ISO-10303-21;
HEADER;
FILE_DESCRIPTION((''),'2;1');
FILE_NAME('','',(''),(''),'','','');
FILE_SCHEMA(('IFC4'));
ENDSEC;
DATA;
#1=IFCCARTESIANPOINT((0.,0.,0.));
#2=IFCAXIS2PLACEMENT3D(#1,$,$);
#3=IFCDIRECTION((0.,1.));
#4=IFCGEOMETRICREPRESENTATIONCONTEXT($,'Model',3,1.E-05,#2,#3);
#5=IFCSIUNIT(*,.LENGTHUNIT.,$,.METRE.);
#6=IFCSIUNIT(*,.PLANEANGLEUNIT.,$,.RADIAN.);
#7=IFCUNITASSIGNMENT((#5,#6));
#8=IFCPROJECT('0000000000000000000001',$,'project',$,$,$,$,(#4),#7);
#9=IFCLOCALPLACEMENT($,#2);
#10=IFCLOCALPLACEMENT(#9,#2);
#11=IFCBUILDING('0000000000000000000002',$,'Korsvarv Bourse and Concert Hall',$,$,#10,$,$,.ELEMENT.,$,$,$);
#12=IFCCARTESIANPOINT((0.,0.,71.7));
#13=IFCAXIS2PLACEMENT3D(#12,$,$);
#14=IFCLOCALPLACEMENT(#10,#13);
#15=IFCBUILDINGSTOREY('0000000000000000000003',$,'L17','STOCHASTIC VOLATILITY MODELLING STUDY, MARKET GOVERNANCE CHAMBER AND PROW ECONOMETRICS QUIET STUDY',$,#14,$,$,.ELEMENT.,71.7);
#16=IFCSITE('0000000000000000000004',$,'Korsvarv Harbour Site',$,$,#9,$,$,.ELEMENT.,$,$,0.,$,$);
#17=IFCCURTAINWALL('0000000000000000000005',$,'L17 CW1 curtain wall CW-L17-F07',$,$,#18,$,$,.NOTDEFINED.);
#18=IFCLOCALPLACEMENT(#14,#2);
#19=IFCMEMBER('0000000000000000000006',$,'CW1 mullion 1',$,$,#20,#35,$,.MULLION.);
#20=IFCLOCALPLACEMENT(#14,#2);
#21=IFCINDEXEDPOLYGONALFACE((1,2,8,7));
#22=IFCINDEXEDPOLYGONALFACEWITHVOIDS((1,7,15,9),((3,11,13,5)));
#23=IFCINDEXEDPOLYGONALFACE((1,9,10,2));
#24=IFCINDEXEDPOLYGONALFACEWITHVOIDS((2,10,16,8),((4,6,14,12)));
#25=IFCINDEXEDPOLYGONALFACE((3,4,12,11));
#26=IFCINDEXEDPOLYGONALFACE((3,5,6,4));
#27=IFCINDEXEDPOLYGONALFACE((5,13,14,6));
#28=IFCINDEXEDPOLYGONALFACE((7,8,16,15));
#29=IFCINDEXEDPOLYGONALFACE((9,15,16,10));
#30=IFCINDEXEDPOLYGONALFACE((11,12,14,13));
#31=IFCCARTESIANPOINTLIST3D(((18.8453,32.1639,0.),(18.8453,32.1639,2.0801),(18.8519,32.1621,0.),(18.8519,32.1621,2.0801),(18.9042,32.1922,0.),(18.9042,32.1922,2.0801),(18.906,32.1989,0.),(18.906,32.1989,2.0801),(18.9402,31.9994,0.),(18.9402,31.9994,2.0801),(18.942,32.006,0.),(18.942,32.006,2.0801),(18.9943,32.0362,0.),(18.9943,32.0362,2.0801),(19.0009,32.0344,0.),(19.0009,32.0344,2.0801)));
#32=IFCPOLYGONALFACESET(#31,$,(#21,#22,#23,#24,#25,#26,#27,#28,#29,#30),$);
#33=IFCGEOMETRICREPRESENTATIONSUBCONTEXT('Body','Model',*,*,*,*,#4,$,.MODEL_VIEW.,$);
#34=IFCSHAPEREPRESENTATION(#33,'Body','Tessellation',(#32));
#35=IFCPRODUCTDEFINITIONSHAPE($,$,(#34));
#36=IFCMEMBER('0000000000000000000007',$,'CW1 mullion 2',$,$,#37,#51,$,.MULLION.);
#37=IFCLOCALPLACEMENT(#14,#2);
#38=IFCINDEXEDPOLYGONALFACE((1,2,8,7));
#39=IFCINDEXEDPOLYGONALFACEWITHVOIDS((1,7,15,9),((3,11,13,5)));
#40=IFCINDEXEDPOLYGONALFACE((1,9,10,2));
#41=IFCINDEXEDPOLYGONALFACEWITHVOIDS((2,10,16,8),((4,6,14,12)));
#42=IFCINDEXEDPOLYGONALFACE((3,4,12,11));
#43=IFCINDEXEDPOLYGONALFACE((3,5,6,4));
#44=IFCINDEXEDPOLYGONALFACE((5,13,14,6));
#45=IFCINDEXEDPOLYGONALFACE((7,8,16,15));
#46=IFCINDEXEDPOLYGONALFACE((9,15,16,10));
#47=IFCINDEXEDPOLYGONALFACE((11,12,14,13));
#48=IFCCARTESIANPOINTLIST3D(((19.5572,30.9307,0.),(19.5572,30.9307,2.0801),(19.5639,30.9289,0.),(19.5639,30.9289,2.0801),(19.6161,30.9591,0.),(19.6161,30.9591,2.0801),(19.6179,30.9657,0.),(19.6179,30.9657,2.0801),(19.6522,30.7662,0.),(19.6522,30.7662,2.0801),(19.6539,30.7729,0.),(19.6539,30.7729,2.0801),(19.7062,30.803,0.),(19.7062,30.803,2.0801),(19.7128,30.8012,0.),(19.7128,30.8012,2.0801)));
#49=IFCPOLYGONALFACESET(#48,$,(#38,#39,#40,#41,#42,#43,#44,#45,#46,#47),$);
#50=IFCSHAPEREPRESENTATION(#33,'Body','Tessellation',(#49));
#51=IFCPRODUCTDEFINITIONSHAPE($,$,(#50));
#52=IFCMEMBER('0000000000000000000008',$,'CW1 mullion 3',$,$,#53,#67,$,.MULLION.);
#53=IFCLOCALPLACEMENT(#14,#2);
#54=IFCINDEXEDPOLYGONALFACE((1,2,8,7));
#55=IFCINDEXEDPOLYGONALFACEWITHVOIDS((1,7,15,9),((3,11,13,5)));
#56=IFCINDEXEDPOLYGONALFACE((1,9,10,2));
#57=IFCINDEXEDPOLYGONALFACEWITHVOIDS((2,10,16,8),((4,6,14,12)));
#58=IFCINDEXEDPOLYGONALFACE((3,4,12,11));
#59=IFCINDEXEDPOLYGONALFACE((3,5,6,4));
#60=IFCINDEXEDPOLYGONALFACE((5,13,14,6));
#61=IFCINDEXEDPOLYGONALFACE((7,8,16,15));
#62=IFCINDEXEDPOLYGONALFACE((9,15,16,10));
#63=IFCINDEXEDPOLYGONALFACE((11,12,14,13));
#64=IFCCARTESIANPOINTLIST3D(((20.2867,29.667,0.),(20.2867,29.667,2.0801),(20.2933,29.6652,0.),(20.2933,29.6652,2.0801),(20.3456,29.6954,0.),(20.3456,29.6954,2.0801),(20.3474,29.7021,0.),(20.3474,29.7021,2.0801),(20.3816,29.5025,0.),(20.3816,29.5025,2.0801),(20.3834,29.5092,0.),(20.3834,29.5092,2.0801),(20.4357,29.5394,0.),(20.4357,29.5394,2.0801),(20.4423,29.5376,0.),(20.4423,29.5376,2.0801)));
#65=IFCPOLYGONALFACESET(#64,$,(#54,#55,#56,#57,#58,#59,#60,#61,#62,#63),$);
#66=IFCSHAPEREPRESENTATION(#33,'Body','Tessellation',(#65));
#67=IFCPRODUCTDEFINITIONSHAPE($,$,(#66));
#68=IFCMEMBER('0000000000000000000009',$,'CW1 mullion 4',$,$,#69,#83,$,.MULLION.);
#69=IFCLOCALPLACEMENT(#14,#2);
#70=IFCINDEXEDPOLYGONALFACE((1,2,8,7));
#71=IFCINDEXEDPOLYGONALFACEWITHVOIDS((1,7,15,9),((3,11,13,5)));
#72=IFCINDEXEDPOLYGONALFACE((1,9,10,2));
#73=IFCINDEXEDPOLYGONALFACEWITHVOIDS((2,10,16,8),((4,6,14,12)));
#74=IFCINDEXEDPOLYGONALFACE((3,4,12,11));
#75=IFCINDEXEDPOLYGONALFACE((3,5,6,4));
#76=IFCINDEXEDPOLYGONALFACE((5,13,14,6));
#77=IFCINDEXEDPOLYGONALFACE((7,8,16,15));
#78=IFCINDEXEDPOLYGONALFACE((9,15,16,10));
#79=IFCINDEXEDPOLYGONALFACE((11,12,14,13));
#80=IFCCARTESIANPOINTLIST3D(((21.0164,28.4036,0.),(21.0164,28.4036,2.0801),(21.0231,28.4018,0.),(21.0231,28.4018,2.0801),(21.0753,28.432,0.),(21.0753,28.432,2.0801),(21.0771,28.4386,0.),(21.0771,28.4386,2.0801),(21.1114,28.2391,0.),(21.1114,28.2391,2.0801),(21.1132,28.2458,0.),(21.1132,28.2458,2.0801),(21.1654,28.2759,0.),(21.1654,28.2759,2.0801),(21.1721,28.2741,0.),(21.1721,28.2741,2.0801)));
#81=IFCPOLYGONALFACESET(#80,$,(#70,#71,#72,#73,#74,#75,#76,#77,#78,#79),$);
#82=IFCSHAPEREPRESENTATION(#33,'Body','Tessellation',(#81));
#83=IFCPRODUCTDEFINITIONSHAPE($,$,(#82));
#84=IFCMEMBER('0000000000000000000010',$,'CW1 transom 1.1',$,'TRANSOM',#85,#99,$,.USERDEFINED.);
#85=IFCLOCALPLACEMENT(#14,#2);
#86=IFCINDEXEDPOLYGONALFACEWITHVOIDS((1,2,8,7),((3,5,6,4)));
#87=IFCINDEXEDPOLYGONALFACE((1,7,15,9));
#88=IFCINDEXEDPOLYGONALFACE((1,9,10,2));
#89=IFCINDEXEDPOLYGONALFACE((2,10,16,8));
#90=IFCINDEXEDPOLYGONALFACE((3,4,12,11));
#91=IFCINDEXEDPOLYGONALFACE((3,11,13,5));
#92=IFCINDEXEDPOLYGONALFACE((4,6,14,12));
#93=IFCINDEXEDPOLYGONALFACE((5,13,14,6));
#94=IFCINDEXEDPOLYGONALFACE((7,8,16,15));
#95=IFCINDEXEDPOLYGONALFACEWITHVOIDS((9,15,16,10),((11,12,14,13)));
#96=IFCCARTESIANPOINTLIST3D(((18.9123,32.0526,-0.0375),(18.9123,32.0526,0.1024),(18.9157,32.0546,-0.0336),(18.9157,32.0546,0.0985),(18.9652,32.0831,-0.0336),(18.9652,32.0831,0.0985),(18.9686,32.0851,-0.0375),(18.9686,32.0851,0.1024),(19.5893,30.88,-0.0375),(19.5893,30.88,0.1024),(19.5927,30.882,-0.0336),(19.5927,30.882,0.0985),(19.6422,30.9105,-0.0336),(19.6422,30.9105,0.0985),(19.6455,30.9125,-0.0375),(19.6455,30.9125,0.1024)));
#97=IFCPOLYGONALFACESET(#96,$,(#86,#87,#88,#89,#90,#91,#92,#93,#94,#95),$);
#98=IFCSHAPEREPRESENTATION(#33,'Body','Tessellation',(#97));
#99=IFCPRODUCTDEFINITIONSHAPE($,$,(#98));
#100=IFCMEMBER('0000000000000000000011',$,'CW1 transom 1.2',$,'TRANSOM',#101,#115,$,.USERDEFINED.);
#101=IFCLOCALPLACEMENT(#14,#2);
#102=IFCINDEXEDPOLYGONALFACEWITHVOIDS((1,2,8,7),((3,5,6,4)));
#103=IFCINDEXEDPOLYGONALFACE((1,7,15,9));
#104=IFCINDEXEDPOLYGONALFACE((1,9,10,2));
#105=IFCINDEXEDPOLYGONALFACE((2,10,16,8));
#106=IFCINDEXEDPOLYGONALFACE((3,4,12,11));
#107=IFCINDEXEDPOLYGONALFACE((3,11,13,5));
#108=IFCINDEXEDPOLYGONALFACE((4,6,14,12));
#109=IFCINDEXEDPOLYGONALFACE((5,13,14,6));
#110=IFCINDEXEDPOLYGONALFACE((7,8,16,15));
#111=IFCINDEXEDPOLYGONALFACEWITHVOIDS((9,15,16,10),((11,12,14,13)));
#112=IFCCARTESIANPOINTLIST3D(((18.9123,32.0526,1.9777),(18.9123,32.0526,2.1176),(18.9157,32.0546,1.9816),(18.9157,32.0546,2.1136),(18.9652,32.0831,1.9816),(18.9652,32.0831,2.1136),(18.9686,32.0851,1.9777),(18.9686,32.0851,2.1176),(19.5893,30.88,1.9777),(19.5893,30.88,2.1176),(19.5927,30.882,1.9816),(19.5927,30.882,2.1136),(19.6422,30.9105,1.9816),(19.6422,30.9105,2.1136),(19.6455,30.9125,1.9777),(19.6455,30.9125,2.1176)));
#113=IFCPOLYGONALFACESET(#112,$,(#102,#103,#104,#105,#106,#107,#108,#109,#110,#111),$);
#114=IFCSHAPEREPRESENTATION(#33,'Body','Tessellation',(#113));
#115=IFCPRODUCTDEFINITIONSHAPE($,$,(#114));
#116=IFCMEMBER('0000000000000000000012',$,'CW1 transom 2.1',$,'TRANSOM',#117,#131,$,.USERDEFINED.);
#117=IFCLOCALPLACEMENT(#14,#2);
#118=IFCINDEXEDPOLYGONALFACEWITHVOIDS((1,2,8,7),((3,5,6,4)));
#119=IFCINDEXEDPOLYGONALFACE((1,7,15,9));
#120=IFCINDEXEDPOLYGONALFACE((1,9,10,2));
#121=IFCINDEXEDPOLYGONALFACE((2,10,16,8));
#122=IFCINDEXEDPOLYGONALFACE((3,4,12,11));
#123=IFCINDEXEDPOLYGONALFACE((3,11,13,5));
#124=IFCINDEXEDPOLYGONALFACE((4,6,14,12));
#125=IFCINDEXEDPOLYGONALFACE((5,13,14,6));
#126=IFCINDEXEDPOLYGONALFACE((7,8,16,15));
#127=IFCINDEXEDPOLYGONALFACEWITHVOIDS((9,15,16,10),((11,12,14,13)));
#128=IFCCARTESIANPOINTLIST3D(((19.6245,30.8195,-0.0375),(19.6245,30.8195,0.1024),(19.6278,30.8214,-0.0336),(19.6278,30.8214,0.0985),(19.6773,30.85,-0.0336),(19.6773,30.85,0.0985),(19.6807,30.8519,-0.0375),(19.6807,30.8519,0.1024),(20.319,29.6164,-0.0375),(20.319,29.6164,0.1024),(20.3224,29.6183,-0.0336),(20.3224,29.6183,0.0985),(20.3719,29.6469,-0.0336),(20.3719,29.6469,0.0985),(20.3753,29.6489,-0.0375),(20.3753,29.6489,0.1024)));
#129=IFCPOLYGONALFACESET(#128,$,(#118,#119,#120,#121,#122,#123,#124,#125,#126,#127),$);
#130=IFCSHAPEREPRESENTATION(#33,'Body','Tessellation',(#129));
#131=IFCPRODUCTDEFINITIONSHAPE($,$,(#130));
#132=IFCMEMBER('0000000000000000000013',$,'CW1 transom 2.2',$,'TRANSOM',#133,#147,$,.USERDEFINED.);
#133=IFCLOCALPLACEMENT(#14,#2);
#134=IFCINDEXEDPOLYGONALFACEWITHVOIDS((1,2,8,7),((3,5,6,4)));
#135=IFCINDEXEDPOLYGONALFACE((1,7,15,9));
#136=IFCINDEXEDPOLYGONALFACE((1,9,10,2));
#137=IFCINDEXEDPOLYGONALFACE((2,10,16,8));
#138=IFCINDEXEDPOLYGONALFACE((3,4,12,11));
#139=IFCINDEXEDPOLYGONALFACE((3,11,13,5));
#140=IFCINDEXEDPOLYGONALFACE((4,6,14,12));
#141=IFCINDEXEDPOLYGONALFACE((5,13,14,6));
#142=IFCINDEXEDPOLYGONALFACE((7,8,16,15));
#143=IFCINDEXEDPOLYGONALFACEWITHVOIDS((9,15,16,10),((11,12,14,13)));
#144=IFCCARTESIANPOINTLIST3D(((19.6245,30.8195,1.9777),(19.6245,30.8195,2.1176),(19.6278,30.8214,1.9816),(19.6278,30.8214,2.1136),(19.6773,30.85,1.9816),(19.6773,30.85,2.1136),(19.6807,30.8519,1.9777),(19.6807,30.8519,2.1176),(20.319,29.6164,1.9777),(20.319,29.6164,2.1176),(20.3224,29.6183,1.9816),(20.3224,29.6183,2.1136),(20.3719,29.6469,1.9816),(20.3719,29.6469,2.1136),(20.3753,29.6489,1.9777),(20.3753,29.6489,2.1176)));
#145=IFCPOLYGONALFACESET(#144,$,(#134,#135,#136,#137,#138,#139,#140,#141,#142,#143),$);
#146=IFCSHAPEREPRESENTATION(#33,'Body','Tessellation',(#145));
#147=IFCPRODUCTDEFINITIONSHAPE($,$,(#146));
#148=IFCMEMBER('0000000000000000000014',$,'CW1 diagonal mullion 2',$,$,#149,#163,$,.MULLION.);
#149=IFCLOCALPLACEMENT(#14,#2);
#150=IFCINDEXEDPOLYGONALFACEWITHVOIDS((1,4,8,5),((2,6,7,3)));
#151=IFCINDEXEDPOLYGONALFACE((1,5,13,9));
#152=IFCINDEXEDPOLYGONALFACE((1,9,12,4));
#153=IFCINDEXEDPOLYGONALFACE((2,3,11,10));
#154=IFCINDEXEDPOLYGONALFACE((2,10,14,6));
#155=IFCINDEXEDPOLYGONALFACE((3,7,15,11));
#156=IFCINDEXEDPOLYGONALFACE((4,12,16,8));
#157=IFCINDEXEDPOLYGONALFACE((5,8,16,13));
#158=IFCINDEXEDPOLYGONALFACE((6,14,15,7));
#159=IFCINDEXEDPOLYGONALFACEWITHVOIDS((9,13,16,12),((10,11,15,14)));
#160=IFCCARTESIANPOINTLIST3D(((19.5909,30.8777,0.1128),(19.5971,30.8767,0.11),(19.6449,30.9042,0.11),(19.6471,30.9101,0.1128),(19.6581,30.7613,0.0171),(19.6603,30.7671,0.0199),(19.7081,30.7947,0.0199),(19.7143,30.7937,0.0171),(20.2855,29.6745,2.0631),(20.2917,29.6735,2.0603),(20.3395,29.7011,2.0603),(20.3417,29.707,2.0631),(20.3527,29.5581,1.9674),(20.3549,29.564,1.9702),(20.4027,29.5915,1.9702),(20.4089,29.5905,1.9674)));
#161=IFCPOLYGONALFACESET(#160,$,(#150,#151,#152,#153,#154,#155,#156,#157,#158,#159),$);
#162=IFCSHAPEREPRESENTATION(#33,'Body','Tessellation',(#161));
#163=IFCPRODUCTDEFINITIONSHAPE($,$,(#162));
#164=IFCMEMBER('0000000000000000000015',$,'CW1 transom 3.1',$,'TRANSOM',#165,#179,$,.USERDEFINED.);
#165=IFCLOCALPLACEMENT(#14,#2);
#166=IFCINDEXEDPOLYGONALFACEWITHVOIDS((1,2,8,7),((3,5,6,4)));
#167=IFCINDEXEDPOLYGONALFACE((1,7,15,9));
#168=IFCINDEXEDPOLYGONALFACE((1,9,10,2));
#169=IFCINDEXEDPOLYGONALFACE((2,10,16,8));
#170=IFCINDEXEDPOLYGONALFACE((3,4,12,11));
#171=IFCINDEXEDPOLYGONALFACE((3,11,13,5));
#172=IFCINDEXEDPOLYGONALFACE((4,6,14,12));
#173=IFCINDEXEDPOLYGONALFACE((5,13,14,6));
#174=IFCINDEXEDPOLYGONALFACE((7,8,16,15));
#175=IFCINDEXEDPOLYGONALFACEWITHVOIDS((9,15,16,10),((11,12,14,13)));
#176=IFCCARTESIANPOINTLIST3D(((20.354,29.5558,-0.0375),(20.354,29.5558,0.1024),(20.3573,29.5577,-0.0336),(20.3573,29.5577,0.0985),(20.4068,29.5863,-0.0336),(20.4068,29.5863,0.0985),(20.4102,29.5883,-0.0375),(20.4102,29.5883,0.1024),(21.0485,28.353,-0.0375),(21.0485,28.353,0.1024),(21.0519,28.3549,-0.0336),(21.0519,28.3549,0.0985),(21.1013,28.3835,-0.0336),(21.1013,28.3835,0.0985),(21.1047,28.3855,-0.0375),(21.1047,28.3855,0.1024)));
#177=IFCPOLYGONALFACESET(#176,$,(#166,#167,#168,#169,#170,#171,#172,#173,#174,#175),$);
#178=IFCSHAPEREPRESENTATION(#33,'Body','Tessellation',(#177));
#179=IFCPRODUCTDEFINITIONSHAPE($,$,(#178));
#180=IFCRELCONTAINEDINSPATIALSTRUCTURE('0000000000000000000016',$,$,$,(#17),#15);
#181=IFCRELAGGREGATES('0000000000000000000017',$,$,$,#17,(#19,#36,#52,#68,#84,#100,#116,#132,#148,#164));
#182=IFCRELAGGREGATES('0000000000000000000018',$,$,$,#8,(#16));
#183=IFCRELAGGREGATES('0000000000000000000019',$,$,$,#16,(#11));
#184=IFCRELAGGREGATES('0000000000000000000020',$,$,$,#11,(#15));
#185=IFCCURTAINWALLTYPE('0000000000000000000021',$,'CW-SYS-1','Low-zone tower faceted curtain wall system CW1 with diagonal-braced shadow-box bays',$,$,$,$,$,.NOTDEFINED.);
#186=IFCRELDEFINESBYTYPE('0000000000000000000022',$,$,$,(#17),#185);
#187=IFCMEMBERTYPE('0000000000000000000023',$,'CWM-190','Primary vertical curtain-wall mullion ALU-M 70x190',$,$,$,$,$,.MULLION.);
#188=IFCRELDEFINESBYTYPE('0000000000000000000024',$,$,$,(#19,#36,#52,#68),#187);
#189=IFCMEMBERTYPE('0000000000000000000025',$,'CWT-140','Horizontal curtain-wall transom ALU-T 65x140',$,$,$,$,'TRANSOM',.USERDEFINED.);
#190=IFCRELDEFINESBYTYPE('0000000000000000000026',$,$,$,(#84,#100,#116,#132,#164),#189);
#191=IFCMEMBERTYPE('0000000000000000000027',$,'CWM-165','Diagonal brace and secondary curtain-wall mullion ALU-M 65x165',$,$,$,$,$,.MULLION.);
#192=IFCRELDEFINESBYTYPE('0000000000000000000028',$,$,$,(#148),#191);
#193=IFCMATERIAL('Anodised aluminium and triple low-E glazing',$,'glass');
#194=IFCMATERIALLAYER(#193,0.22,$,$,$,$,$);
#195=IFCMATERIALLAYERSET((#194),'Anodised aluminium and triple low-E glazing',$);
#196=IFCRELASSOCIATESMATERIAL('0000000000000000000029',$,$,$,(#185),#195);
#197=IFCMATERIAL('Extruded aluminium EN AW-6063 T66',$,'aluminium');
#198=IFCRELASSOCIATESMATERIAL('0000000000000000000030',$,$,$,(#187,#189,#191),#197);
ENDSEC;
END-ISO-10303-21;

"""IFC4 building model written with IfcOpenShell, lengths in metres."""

from ifc_helpers import new_model, si_unit, direction, frame, origin, origin_2d, place, context, subcontext, project, spatial, hollow_rectangle, extrude, source, transform, mapped, material, layer, layer_set, material_profile, profile_set, type_object, element, aggregate, save


model = new_model("IFC4")

# Units and contexts
model_context = context("Model", 3, precision=1e-05, world=origin(), true_north=direction((0.0, 1.0)))
body_context = subcontext(model_context, "Body", "Model", "MODEL_VIEW")
ifc_project = project(units=[si_unit("LENGTHUNIT", "METRE"), si_unit("PLANEANGLEUNIT", "RADIAN")], contexts=[model_context])

# Site, building, storey
site_placement = place(None, origin())
site = spatial("IfcSite", under=ifc_project, at=site_placement, Name="Korsvarv Harbour Site", CompositionType="ELEMENT", RefElevation=0.0)
building_placement = place(site_placement, origin())
building = spatial("IfcBuilding", under=site, at=building_placement, Name="Korsvarv Bourse and Concert Hall", CompositionType="ELEMENT")
storey_placement = place(building_placement, frame((0.0, 0.0, 71.7)))
storey = spatial("IfcBuildingStorey", under=building, at=storey_placement, Name="L17", Description="STOCHASTIC VOLATILITY MODELLING STUDY, MARKET GOVERNANCE CHAMBER AND PROW ECONOMETRICS QUIET STUDY", CompositionType="ELEMENT", Elevation=71.7)

# Curtain wall, members
ifc_material_1 = material(Name="Anodised aluminium and triple low-E glazing", Category="glass")
ifc_layer_1 = layer(ifc_material_1, 0.22)
ifc_layer_set_1 = layer_set([ifc_layer_1], Name="Anodised aluminium and triple low-E glazing")
curtain_wall_type = type_object("IfcCurtainWallType", Name="CW-SYS-1", Description="Low-zone tower faceted curtain wall system CW1 with diagonal-braced shadow-box bays", PredefinedType="NOTDEFINED", material=ifc_layer_set_1)
curtain_wall_placement = place(storey_placement, origin())
curtain_wall = element("IfcCurtainWall", 1, at=curtain_wall_placement, inside=storey, type_object=curtain_wall_type, Name="L17 CW1 curtain wall CW-L17-F07", PredefinedType="NOTDEFINED")
ifc_material_2 = material(Name="Extruded aluminium EN AW-6063 T66", Category="aluminium")
ifc_material_profile_1 = material_profile(ifc_material_2, hollow_rectangle(XDim=0.0701, YDim=0.1899, WallThickness=0.0049, at=origin_2d()), Name="ALU-M 70x190")
ifc_profile_set_1 = profile_set([ifc_material_profile_1], Name="Extruded aluminium EN AW-6063 T66")
member_type_1 = type_object("IfcMemberType", Name="CWM-190", Description="Primary vertical curtain-wall mullion ALU-M 70x190", PredefinedType="MULLION", material=ifc_profile_set_1)
shared_shape_1 = source(origin(), body_context, "Body", "SweptSolid", [
    extrude(hollow_rectangle(XDim=0.0701, YDim=0.1899, WallThickness=0.0049, at=origin_2d()), origin(), (0.0, 0.0, 1.0), 2.0801),
])
member_1_placement = place(storey_placement, frame((18.9231, 32.0991, 0.0), z_axis=(0.0, 0.0, 1.0), x_axis=(0.866022, 0.500006, 0.0)))
member_1 = element("IfcMember", 2, at=member_1_placement, type_object=member_type_1, Name="CW1 mullion 1", PredefinedType="MULLION", context=body_context, shape_type="MappedRepresentation", body=[
    mapped(shared_shape_1, transform((0.0, 0.0, 0.0), scale=1.0)),
])
member_2_placement = place(storey_placement, frame((19.635, 30.866, 0.0), z_axis=(0.0, 0.0, 1.0), x_axis=(0.866022, 0.500006, 0.0)))
member_2 = element("IfcMember", 3, at=member_2_placement, type_object=member_type_1, Name="CW1 mullion 2", PredefinedType="MULLION", context=body_context, shape_type="MappedRepresentation", body=[
    mapped(shared_shape_1, transform((0.0, 0.0, 0.0), scale=1.0)),
])
member_3_placement = place(storey_placement, frame((20.3645, 29.6023, 0.0), z_axis=(0.0, 0.0, 1.0), x_axis=(0.866022, 0.500006, 0.0)))
member_3 = element("IfcMember", 4, at=member_3_placement, type_object=member_type_1, Name="CW1 mullion 3", PredefinedType="MULLION", context=body_context, shape_type="MappedRepresentation", body=[
    mapped(shared_shape_1, transform((0.0, 0.0, 0.0), scale=1.0)),
])
member_4_placement = place(storey_placement, frame((21.0942, 28.3389, 0.0), z_axis=(0.0, 0.0, 1.0), x_axis=(0.866022, 0.500006, 0.0)))
member_4 = element("IfcMember", 5, at=member_4_placement, type_object=member_type_1, Name="CW1 mullion 4", PredefinedType="MULLION", context=body_context, shape_type="MappedRepresentation", body=[
    mapped(shared_shape_1, transform((0.0, 0.0, 0.0), scale=1.0)),
])
ifc_material_profile_2 = material_profile(ifc_material_2, hollow_rectangle(XDim=0.0649, YDim=0.1399, WallThickness=0.0039, at=origin_2d()), Name="ALU-T 65x140")
ifc_profile_set_2 = profile_set([ifc_material_profile_2], Name="Extruded aluminium EN AW-6063 T66")
member_type_2 = type_object("IfcMemberType", Name="CWT-140", Description="Horizontal curtain-wall transom ALU-T 65x140", ElementType="TRANSOM", PredefinedType="USERDEFINED", material=ifc_profile_set_2)
shared_shape_2 = source(origin(), body_context, "Body", "SweptSolid", [
    extrude(hollow_rectangle(XDim=0.0649, YDim=0.1399, WallThickness=0.0039, at=origin_2d()), origin(), (0.0, 0.0, 1.0), 1.354),
])
member_5_placement = place(storey_placement, frame((18.9404, 32.0688, 0.0325), z_axis=(0.499998, -0.866026, 0.0), x_axis=(0.866026, 0.499998, 0.0)))
member_5 = element("IfcMember", 6, at=member_5_placement, type_object=member_type_2, Name="CW1 transom 1.1", ObjectType="TRANSOM", PredefinedType="USERDEFINED", context=body_context, shape_type="MappedRepresentation", body=[
    mapped(shared_shape_2, transform((0.0, 0.0, 0.0), scale=1.0)),
])
member_6_placement = place(storey_placement, frame((18.9404, 32.0688, 2.0476), z_axis=(0.499998, -0.866026, 0.0), x_axis=(0.866026, 0.499998, 0.0)))
member_6 = element("IfcMember", 7, at=member_6_placement, type_object=member_type_2, Name="CW1 transom 1.2", ObjectType="TRANSOM", PredefinedType="USERDEFINED", context=body_context, shape_type="MappedRepresentation", body=[
    mapped(shared_shape_2, transform((0.0, 0.0, 0.0), scale=1.0)),
])
shared_shape_3 = source(origin(), body_context, "Body", "SweptSolid", [
    extrude(hollow_rectangle(XDim=0.0649, YDim=0.1399, WallThickness=0.0039, at=origin_2d()), origin(), (0.0, 0.0, 1.0), 1.3892),
])
member_7_placement = place(storey_placement, frame((19.6526, 30.8357, 0.0325), z_axis=(0.499976, -0.866039, 0.0), x_axis=(0.866039, 0.499976, 0.0)))
member_7 = element("IfcMember", 8, at=member_7_placement, type_object=member_type_2, Name="CW1 transom 2.1", ObjectType="TRANSOM", PredefinedType="USERDEFINED", context=body_context, shape_type="MappedRepresentation", body=[
    mapped(shared_shape_3, transform((0.0, 0.0, 0.0), scale=1.0)),
])
member_8_placement = place(storey_placement, frame((19.6526, 30.8357, 2.0476), z_axis=(0.499976, -0.866039, 0.0), x_axis=(0.866039, 0.499976, 0.0)))
member_8 = element("IfcMember", 9, at=member_8_placement, type_object=member_type_2, Name="CW1 transom 2.2", ObjectType="TRANSOM", PredefinedType="USERDEFINED", context=body_context, shape_type="MappedRepresentation", body=[
    mapped(shared_shape_3, transform((0.0, 0.0, 0.0), scale=1.0)),
])
ifc_material_profile_3 = material_profile(ifc_material_2, hollow_rectangle(XDim=0.0649, YDim=0.165, WallThickness=0.0049, at=origin_2d()), Name="ALU-M 65x165")
ifc_profile_set_3 = profile_set([ifc_material_profile_3], Name="Extruded aluminium EN AW-6063 T66")
member_type_3 = type_object("IfcMemberType", Name="CWM-165", Description="Diagonal brace and secondary curtain-wall mullion ALU-M 65x165", PredefinedType="MULLION", material=ifc_profile_set_3)
shared_shape_4 = source(origin(), body_context, "Body", "SweptSolid", [
    extrude(hollow_rectangle(XDim=0.0649, YDim=0.165, WallThickness=0.0049, at=origin_2d()), origin(), (0.0, 0.0, 1.0), 2.3945),
])
member_9_placement = place(storey_placement, frame((19.6526, 30.8357, 0.0649), z_axis=(0.290084, -0.502472, 0.814477), x_axis=(0.866039, 0.499976, 0.0)))
member_9 = element("IfcMember", 10, at=member_9_placement, type_object=member_type_3, Name="CW1 diagonal mullion 2", PredefinedType="MULLION", context=body_context, shape_type="MappedRepresentation", body=[
    mapped(shared_shape_4, transform((0.0, 0.0, 0.0), scale=1.0)),
])
shared_shape_5 = source(origin(), body_context, "Body", "SweptSolid", [
    extrude(hollow_rectangle(XDim=0.0649, YDim=0.1399, WallThickness=0.0039, at=origin_2d()), origin(), (0.0, 0.0, 1.0), 1.3889),
])
member_10_placement = place(storey_placement, frame((20.3821, 29.572, 0.0325), z_axis=(0.500052, -0.865995, 0.0), x_axis=(0.865995, 0.500052, 0.0)))
member_10 = element("IfcMember", 11, at=member_10_placement, type_object=member_type_2, Name="CW1 transom 3.1", ObjectType="TRANSOM", PredefinedType="USERDEFINED", context=body_context, shape_type="MappedRepresentation", body=[
    mapped(shared_shape_5, transform((0.0, 0.0, 0.0), scale=1.0)),
])
aggregate(curtain_wall, [member_1, member_2, member_3, member_4, member_5, member_6, member_7, member_8, member_9, member_10])

save(model, "model.ifc")
